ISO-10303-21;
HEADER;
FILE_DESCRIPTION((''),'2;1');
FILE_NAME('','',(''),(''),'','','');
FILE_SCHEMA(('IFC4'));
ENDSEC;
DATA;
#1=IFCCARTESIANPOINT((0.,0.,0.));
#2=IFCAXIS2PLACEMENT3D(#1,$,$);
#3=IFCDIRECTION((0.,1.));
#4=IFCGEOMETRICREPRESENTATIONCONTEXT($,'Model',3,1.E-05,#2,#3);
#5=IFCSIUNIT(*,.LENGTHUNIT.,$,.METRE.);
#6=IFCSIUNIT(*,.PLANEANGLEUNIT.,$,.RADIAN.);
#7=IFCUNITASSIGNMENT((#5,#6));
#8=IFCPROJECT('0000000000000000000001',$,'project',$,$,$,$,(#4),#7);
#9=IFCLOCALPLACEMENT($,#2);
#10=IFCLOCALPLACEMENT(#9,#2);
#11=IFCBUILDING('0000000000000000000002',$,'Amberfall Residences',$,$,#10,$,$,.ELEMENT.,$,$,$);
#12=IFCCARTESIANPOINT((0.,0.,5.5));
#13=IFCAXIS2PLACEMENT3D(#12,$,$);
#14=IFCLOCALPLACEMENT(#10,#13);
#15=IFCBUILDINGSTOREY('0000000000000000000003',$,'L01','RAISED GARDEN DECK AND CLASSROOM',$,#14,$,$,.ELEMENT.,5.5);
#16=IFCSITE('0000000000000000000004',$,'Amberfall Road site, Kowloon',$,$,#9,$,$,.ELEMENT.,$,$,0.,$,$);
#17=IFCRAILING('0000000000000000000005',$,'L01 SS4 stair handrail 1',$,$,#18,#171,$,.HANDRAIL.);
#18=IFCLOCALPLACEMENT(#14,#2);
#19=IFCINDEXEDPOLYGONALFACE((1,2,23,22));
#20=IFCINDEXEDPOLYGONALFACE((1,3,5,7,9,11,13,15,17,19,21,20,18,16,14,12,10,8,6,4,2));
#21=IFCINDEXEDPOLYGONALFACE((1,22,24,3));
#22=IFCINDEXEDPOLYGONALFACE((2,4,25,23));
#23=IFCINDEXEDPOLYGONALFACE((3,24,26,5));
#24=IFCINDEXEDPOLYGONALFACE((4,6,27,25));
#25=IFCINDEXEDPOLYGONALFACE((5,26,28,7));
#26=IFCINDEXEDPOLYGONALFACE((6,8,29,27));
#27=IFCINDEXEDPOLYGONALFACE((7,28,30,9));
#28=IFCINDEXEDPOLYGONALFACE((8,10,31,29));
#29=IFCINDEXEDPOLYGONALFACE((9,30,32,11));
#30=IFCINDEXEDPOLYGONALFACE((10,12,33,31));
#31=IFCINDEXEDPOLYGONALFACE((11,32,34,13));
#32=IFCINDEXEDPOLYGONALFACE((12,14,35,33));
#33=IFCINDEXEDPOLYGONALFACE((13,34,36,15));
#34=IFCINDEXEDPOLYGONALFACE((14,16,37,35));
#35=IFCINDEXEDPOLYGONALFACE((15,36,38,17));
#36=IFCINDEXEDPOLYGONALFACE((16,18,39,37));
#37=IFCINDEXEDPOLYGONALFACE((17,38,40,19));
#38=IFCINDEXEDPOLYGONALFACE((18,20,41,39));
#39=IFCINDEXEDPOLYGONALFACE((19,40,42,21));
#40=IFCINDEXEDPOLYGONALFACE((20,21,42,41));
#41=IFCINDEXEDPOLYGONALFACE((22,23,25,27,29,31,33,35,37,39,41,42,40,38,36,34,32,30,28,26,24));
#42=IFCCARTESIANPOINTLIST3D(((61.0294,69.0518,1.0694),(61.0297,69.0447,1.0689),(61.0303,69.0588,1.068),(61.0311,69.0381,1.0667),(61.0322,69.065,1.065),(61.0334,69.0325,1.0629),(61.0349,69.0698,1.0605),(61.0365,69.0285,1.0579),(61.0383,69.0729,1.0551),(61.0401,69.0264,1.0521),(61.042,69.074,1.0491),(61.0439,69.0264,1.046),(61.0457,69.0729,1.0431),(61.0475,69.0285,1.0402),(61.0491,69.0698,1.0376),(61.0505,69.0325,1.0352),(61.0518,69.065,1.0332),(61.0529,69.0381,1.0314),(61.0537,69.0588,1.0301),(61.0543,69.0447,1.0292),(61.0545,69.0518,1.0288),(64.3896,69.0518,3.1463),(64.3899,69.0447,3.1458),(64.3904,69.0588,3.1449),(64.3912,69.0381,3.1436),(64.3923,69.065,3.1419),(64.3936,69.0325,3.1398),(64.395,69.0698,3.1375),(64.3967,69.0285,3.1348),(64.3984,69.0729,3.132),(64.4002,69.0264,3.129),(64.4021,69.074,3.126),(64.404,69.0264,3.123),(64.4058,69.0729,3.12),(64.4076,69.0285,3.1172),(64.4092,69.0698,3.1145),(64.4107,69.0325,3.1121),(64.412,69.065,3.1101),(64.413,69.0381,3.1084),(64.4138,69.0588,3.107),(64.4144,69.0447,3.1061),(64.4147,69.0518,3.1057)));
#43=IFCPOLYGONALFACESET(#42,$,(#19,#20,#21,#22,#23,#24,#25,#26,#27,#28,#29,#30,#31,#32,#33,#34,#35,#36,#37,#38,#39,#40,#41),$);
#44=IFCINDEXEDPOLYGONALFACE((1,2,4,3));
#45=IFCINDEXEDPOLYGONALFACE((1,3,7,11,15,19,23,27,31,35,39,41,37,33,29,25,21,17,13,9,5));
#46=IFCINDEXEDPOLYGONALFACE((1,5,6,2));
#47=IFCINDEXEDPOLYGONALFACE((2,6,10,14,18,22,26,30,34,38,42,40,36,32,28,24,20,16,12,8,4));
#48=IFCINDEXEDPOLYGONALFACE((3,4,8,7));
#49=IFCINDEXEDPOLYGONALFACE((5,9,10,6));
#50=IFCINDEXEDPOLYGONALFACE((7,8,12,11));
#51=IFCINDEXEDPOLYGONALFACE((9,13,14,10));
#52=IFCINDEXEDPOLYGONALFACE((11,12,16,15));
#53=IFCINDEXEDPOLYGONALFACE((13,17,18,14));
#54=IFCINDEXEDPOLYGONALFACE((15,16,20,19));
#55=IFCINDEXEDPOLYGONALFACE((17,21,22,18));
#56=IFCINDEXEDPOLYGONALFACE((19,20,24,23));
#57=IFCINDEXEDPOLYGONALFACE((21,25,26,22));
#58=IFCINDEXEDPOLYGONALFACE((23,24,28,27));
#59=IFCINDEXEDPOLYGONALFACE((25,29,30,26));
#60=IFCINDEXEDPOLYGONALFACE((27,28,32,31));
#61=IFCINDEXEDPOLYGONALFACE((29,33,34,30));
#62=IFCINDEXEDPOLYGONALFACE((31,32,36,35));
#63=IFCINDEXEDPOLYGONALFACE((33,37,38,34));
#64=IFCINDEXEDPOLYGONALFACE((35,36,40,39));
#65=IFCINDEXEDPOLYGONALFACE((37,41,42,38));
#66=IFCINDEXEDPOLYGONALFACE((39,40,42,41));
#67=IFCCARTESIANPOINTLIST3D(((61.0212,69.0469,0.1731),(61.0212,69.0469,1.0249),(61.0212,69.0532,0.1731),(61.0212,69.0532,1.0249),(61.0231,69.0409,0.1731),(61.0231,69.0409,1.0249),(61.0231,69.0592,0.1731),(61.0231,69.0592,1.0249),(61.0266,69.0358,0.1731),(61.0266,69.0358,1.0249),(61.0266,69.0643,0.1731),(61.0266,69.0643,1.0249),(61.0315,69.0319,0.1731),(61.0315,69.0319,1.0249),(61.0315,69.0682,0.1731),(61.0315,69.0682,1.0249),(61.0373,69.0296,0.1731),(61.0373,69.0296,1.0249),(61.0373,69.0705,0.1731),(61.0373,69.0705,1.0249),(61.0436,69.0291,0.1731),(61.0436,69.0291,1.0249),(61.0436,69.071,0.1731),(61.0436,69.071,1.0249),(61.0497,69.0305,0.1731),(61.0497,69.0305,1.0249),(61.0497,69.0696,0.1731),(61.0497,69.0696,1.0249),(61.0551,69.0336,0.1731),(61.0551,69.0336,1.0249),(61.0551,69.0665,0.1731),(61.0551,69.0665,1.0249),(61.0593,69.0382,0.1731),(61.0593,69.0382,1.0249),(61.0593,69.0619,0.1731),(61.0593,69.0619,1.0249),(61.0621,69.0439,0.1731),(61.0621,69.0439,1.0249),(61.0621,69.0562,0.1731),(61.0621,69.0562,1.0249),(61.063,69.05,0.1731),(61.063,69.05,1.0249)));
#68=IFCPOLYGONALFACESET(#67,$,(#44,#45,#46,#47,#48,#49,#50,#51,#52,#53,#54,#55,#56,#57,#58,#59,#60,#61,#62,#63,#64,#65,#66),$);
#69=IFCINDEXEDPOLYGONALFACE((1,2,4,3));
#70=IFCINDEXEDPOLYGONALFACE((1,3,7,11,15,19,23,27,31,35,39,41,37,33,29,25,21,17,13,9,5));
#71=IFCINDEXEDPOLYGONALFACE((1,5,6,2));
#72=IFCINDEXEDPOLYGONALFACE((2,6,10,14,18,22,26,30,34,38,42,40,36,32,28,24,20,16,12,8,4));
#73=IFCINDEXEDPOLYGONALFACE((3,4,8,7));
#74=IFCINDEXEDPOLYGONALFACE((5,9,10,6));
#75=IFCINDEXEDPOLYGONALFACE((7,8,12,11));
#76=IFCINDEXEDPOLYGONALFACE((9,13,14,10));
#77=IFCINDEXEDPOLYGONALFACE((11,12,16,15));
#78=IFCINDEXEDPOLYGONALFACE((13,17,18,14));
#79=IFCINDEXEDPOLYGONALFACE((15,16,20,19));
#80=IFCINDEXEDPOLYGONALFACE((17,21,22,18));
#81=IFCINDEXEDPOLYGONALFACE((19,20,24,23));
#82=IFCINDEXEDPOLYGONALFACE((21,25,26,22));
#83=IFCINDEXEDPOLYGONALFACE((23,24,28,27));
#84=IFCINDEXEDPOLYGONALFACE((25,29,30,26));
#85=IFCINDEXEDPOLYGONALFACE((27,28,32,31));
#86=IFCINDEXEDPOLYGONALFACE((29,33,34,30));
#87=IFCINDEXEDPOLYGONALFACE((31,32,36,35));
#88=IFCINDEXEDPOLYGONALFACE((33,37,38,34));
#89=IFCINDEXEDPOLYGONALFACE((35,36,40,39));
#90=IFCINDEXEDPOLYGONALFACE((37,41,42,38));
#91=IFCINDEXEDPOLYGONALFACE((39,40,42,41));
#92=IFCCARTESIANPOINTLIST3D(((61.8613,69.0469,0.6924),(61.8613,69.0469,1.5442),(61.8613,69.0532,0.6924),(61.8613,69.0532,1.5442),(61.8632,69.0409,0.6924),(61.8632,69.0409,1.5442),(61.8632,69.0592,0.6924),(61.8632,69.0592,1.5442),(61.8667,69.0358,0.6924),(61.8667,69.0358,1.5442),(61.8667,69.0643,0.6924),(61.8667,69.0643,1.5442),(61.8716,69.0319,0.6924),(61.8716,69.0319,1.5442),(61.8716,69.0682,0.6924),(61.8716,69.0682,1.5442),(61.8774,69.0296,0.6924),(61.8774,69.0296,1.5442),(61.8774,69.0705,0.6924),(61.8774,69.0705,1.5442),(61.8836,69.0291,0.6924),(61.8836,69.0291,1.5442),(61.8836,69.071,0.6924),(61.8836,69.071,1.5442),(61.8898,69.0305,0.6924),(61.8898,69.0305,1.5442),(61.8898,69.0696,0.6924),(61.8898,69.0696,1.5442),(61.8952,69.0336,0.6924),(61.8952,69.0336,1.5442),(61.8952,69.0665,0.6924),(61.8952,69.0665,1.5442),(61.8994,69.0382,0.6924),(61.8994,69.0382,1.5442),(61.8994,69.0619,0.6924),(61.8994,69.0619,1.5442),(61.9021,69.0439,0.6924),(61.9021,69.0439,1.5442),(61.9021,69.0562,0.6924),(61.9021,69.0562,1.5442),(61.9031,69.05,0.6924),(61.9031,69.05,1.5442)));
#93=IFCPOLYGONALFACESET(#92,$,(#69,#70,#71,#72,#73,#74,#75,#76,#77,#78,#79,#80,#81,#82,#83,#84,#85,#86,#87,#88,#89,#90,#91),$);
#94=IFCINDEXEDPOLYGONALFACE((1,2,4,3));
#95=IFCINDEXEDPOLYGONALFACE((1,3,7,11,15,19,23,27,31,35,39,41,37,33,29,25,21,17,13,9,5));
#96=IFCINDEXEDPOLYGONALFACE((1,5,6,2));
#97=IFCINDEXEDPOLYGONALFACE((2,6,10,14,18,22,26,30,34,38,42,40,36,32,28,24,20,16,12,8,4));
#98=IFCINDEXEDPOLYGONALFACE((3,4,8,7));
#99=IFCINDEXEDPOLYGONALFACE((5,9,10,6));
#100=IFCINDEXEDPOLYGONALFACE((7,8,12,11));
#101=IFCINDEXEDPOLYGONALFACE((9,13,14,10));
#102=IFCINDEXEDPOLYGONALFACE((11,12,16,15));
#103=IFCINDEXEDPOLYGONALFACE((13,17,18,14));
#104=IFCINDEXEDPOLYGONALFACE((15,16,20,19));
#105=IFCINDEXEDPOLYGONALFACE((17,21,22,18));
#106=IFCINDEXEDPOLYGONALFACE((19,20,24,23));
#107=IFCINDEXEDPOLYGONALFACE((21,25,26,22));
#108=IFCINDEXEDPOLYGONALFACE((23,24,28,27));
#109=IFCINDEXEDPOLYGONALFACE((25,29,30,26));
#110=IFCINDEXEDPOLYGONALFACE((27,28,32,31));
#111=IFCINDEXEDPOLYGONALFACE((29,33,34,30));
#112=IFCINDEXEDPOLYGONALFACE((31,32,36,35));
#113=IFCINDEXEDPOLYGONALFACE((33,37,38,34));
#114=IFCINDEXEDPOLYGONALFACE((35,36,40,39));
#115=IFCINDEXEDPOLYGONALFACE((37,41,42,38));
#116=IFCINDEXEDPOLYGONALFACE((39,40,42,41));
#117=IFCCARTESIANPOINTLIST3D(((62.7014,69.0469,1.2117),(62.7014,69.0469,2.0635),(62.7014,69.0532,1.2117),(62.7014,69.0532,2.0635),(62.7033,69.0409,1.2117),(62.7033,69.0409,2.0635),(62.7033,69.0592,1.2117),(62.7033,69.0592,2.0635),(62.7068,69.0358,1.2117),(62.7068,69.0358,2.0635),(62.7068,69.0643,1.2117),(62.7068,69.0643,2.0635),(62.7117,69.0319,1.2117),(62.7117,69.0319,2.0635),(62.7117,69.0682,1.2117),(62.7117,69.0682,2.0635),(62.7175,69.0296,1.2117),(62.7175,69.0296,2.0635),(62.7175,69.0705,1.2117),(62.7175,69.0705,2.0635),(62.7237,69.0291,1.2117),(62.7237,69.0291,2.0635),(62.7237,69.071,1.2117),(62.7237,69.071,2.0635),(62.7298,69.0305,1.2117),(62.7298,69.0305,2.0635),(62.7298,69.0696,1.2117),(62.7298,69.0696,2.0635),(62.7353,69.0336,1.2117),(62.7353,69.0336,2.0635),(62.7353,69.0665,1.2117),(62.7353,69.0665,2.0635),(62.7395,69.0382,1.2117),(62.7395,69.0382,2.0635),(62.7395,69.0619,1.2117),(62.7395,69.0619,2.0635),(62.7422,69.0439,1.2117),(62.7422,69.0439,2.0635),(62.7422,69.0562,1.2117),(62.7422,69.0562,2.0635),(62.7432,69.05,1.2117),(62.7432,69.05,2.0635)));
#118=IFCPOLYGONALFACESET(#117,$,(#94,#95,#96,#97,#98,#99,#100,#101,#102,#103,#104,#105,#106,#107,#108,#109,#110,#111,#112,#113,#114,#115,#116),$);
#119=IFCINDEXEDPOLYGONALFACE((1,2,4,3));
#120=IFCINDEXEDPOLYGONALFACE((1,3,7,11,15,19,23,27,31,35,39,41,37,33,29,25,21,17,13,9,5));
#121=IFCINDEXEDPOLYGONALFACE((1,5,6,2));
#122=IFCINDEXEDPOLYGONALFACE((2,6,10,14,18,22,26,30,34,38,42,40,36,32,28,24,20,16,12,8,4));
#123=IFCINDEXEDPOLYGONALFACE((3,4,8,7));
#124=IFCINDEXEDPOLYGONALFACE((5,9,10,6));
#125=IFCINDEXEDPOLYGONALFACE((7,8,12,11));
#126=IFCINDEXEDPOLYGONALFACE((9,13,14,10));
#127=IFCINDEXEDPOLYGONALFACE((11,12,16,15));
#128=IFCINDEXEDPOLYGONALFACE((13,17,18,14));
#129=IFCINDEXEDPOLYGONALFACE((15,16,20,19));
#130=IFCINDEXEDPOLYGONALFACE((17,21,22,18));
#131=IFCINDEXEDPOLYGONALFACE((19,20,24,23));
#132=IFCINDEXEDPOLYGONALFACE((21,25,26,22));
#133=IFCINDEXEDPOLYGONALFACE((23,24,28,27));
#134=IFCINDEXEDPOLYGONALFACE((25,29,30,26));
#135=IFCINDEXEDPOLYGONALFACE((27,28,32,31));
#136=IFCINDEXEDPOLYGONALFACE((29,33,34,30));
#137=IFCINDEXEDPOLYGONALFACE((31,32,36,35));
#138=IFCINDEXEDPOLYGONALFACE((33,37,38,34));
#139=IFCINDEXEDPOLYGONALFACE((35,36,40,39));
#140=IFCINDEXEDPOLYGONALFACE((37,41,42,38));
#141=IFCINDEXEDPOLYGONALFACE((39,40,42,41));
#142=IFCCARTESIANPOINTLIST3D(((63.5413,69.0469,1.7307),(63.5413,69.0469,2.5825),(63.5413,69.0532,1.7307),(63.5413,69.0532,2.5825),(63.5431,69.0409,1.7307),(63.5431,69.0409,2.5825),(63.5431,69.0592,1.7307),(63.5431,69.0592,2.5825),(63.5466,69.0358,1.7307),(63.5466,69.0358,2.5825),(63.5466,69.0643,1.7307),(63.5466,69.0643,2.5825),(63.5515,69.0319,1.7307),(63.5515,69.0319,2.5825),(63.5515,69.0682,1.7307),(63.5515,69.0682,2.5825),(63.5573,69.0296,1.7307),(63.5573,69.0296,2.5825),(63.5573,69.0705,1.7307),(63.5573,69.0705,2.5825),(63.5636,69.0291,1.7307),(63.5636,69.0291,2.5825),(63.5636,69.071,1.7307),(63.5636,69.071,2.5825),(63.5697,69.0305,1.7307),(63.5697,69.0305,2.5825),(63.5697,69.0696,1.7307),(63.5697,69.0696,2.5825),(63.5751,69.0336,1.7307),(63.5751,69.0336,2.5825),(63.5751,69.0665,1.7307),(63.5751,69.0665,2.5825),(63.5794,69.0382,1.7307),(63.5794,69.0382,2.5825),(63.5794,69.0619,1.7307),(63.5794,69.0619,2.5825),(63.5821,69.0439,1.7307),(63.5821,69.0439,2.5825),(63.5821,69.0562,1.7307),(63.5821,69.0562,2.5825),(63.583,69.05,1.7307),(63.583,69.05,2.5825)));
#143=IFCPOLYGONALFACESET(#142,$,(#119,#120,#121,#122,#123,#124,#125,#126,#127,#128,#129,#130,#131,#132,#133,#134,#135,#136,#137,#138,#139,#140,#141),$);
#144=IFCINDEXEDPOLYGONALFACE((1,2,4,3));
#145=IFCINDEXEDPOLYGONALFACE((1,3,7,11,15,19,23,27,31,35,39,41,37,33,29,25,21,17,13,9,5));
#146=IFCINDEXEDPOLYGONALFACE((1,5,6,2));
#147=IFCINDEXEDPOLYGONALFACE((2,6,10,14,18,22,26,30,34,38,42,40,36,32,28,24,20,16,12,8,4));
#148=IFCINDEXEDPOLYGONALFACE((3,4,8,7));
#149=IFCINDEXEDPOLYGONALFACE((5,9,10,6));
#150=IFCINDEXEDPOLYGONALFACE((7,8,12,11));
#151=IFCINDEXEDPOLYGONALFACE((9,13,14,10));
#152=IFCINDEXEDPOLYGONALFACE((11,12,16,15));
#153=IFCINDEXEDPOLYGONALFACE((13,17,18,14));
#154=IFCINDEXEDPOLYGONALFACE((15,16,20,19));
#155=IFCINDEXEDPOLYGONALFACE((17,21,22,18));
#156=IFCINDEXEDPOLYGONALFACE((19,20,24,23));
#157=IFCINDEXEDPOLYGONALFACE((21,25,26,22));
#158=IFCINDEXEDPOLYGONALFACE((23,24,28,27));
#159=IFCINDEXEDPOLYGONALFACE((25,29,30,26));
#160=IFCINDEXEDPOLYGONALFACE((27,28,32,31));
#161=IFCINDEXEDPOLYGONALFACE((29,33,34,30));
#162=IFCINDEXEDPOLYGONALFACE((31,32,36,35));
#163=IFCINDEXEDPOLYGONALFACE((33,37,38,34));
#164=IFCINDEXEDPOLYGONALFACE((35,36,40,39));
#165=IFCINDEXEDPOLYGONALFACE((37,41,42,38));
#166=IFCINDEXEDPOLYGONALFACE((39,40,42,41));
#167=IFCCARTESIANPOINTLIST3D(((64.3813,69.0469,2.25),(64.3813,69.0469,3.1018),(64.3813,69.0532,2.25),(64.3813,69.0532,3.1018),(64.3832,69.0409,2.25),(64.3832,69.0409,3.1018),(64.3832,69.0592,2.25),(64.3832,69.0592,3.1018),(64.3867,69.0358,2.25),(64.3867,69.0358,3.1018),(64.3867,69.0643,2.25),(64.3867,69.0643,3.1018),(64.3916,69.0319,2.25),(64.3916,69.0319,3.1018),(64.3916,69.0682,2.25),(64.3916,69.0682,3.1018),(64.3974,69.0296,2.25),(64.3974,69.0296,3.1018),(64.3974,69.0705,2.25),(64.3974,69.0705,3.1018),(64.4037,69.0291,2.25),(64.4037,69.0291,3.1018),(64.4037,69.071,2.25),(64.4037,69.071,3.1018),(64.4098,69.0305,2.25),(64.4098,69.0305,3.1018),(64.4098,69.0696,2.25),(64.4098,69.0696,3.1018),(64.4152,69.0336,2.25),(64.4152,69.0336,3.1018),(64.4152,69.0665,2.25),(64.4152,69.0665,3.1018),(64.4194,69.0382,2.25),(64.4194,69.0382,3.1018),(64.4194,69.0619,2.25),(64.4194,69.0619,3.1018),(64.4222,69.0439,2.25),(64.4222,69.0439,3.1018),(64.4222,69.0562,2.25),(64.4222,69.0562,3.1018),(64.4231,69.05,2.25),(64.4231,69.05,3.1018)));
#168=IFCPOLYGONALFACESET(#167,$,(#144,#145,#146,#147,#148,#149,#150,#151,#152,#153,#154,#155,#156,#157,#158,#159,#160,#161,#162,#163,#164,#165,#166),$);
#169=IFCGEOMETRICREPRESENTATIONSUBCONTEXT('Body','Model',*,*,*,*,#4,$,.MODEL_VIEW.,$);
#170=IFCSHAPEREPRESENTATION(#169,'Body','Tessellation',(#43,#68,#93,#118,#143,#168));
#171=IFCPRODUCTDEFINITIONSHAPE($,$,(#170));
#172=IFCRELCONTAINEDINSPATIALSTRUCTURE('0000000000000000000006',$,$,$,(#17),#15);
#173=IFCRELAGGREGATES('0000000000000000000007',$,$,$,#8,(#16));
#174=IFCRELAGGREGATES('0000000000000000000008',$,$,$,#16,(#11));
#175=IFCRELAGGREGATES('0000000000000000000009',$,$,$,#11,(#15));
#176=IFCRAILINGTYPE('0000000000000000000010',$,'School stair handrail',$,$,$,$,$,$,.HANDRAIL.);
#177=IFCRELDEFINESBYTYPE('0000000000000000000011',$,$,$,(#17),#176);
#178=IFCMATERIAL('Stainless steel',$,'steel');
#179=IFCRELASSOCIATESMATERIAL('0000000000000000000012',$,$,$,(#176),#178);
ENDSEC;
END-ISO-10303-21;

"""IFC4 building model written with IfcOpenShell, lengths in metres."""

from ifc_helpers import new_model, si_unit, direction, frame, origin, origin_2d, place, context, subcontext, project, spatial, circle, extrude, material, type_object, element, save


model = new_model("IFC4")

# Units and contexts
model_context = context("Model", 3, precision=1e-05, world=origin(), true_north=direction((0.0, 1.0)))
body_context = subcontext(model_context, "Body", "Model", "MODEL_VIEW")
ifc_project = project(units=[si_unit("LENGTHUNIT", "METRE"), si_unit("PLANEANGLEUNIT", "RADIAN")], contexts=[model_context])

# Site, building, storey
site_placement = place(None, origin())
site = spatial("IfcSite", under=ifc_project, at=site_placement, Name="Amberfall Road site, Kowloon", CompositionType="ELEMENT", RefElevation=0.0)
building_placement = place(site_placement, origin())
building = spatial("IfcBuilding", under=site, at=building_placement, Name="Amberfall Residences", CompositionType="ELEMENT")
storey_placement = place(building_placement, frame((0.0, 0.0, 5.5)))
storey = spatial("IfcBuildingStorey", under=building, at=storey_placement, Name="L01", Description="RAISED GARDEN DECK AND CLASSROOM", CompositionType="ELEMENT", Elevation=5.5)

# Railing
ifc_material_1 = material(Name="Stainless steel", Category="steel")
railing_type_1 = type_object("IfcRailingType", Name="School stair handrail", PredefinedType="HANDRAIL", material=ifc_material_1)
railing_1_placement = place(storey_placement, frame((61.042, 69.05, 0.1731)))
element("IfcRailing", 1, at=railing_1_placement, inside=storey, type_object=railing_type_1, Name="L01 SS4 stair handrail 1", PredefinedType="HANDRAIL", context=body_context, shape_type="SweptSolid", body=[
    extrude(circle(Radius=0.0239, at=origin_2d()), frame((0.0, 0.0, 0.876), z_axis=(0.850623, 0.0, 0.525776), x_axis=(0.0, 1.0, 0.0)), (0.0, 0.0, 1.0), 3.9502),
    extrude(circle(Radius=0.021, at=origin_2d()), origin(), (0.0, 0.0, 1.0), 0.8518),
    extrude(circle(Radius=0.021, at=origin_2d()), frame((0.8401, 0.0, 0.5193)), (0.0, 0.0, 1.0), 0.8518),
    extrude(circle(Radius=0.021, at=origin_2d()), frame((1.6802, 0.0, 1.0386)), (0.0, 0.0, 1.0), 0.8518),
    extrude(circle(Radius=0.021, at=origin_2d()), frame((2.52, 0.0, 1.5576)), (0.0, 0.0, 1.0), 0.8518),
    extrude(circle(Radius=0.021, at=origin_2d()), frame((3.3601, 0.0, 2.0769)), (0.0, 0.0, 1.0), 0.8518),
])

save(model, "model.ifc")
